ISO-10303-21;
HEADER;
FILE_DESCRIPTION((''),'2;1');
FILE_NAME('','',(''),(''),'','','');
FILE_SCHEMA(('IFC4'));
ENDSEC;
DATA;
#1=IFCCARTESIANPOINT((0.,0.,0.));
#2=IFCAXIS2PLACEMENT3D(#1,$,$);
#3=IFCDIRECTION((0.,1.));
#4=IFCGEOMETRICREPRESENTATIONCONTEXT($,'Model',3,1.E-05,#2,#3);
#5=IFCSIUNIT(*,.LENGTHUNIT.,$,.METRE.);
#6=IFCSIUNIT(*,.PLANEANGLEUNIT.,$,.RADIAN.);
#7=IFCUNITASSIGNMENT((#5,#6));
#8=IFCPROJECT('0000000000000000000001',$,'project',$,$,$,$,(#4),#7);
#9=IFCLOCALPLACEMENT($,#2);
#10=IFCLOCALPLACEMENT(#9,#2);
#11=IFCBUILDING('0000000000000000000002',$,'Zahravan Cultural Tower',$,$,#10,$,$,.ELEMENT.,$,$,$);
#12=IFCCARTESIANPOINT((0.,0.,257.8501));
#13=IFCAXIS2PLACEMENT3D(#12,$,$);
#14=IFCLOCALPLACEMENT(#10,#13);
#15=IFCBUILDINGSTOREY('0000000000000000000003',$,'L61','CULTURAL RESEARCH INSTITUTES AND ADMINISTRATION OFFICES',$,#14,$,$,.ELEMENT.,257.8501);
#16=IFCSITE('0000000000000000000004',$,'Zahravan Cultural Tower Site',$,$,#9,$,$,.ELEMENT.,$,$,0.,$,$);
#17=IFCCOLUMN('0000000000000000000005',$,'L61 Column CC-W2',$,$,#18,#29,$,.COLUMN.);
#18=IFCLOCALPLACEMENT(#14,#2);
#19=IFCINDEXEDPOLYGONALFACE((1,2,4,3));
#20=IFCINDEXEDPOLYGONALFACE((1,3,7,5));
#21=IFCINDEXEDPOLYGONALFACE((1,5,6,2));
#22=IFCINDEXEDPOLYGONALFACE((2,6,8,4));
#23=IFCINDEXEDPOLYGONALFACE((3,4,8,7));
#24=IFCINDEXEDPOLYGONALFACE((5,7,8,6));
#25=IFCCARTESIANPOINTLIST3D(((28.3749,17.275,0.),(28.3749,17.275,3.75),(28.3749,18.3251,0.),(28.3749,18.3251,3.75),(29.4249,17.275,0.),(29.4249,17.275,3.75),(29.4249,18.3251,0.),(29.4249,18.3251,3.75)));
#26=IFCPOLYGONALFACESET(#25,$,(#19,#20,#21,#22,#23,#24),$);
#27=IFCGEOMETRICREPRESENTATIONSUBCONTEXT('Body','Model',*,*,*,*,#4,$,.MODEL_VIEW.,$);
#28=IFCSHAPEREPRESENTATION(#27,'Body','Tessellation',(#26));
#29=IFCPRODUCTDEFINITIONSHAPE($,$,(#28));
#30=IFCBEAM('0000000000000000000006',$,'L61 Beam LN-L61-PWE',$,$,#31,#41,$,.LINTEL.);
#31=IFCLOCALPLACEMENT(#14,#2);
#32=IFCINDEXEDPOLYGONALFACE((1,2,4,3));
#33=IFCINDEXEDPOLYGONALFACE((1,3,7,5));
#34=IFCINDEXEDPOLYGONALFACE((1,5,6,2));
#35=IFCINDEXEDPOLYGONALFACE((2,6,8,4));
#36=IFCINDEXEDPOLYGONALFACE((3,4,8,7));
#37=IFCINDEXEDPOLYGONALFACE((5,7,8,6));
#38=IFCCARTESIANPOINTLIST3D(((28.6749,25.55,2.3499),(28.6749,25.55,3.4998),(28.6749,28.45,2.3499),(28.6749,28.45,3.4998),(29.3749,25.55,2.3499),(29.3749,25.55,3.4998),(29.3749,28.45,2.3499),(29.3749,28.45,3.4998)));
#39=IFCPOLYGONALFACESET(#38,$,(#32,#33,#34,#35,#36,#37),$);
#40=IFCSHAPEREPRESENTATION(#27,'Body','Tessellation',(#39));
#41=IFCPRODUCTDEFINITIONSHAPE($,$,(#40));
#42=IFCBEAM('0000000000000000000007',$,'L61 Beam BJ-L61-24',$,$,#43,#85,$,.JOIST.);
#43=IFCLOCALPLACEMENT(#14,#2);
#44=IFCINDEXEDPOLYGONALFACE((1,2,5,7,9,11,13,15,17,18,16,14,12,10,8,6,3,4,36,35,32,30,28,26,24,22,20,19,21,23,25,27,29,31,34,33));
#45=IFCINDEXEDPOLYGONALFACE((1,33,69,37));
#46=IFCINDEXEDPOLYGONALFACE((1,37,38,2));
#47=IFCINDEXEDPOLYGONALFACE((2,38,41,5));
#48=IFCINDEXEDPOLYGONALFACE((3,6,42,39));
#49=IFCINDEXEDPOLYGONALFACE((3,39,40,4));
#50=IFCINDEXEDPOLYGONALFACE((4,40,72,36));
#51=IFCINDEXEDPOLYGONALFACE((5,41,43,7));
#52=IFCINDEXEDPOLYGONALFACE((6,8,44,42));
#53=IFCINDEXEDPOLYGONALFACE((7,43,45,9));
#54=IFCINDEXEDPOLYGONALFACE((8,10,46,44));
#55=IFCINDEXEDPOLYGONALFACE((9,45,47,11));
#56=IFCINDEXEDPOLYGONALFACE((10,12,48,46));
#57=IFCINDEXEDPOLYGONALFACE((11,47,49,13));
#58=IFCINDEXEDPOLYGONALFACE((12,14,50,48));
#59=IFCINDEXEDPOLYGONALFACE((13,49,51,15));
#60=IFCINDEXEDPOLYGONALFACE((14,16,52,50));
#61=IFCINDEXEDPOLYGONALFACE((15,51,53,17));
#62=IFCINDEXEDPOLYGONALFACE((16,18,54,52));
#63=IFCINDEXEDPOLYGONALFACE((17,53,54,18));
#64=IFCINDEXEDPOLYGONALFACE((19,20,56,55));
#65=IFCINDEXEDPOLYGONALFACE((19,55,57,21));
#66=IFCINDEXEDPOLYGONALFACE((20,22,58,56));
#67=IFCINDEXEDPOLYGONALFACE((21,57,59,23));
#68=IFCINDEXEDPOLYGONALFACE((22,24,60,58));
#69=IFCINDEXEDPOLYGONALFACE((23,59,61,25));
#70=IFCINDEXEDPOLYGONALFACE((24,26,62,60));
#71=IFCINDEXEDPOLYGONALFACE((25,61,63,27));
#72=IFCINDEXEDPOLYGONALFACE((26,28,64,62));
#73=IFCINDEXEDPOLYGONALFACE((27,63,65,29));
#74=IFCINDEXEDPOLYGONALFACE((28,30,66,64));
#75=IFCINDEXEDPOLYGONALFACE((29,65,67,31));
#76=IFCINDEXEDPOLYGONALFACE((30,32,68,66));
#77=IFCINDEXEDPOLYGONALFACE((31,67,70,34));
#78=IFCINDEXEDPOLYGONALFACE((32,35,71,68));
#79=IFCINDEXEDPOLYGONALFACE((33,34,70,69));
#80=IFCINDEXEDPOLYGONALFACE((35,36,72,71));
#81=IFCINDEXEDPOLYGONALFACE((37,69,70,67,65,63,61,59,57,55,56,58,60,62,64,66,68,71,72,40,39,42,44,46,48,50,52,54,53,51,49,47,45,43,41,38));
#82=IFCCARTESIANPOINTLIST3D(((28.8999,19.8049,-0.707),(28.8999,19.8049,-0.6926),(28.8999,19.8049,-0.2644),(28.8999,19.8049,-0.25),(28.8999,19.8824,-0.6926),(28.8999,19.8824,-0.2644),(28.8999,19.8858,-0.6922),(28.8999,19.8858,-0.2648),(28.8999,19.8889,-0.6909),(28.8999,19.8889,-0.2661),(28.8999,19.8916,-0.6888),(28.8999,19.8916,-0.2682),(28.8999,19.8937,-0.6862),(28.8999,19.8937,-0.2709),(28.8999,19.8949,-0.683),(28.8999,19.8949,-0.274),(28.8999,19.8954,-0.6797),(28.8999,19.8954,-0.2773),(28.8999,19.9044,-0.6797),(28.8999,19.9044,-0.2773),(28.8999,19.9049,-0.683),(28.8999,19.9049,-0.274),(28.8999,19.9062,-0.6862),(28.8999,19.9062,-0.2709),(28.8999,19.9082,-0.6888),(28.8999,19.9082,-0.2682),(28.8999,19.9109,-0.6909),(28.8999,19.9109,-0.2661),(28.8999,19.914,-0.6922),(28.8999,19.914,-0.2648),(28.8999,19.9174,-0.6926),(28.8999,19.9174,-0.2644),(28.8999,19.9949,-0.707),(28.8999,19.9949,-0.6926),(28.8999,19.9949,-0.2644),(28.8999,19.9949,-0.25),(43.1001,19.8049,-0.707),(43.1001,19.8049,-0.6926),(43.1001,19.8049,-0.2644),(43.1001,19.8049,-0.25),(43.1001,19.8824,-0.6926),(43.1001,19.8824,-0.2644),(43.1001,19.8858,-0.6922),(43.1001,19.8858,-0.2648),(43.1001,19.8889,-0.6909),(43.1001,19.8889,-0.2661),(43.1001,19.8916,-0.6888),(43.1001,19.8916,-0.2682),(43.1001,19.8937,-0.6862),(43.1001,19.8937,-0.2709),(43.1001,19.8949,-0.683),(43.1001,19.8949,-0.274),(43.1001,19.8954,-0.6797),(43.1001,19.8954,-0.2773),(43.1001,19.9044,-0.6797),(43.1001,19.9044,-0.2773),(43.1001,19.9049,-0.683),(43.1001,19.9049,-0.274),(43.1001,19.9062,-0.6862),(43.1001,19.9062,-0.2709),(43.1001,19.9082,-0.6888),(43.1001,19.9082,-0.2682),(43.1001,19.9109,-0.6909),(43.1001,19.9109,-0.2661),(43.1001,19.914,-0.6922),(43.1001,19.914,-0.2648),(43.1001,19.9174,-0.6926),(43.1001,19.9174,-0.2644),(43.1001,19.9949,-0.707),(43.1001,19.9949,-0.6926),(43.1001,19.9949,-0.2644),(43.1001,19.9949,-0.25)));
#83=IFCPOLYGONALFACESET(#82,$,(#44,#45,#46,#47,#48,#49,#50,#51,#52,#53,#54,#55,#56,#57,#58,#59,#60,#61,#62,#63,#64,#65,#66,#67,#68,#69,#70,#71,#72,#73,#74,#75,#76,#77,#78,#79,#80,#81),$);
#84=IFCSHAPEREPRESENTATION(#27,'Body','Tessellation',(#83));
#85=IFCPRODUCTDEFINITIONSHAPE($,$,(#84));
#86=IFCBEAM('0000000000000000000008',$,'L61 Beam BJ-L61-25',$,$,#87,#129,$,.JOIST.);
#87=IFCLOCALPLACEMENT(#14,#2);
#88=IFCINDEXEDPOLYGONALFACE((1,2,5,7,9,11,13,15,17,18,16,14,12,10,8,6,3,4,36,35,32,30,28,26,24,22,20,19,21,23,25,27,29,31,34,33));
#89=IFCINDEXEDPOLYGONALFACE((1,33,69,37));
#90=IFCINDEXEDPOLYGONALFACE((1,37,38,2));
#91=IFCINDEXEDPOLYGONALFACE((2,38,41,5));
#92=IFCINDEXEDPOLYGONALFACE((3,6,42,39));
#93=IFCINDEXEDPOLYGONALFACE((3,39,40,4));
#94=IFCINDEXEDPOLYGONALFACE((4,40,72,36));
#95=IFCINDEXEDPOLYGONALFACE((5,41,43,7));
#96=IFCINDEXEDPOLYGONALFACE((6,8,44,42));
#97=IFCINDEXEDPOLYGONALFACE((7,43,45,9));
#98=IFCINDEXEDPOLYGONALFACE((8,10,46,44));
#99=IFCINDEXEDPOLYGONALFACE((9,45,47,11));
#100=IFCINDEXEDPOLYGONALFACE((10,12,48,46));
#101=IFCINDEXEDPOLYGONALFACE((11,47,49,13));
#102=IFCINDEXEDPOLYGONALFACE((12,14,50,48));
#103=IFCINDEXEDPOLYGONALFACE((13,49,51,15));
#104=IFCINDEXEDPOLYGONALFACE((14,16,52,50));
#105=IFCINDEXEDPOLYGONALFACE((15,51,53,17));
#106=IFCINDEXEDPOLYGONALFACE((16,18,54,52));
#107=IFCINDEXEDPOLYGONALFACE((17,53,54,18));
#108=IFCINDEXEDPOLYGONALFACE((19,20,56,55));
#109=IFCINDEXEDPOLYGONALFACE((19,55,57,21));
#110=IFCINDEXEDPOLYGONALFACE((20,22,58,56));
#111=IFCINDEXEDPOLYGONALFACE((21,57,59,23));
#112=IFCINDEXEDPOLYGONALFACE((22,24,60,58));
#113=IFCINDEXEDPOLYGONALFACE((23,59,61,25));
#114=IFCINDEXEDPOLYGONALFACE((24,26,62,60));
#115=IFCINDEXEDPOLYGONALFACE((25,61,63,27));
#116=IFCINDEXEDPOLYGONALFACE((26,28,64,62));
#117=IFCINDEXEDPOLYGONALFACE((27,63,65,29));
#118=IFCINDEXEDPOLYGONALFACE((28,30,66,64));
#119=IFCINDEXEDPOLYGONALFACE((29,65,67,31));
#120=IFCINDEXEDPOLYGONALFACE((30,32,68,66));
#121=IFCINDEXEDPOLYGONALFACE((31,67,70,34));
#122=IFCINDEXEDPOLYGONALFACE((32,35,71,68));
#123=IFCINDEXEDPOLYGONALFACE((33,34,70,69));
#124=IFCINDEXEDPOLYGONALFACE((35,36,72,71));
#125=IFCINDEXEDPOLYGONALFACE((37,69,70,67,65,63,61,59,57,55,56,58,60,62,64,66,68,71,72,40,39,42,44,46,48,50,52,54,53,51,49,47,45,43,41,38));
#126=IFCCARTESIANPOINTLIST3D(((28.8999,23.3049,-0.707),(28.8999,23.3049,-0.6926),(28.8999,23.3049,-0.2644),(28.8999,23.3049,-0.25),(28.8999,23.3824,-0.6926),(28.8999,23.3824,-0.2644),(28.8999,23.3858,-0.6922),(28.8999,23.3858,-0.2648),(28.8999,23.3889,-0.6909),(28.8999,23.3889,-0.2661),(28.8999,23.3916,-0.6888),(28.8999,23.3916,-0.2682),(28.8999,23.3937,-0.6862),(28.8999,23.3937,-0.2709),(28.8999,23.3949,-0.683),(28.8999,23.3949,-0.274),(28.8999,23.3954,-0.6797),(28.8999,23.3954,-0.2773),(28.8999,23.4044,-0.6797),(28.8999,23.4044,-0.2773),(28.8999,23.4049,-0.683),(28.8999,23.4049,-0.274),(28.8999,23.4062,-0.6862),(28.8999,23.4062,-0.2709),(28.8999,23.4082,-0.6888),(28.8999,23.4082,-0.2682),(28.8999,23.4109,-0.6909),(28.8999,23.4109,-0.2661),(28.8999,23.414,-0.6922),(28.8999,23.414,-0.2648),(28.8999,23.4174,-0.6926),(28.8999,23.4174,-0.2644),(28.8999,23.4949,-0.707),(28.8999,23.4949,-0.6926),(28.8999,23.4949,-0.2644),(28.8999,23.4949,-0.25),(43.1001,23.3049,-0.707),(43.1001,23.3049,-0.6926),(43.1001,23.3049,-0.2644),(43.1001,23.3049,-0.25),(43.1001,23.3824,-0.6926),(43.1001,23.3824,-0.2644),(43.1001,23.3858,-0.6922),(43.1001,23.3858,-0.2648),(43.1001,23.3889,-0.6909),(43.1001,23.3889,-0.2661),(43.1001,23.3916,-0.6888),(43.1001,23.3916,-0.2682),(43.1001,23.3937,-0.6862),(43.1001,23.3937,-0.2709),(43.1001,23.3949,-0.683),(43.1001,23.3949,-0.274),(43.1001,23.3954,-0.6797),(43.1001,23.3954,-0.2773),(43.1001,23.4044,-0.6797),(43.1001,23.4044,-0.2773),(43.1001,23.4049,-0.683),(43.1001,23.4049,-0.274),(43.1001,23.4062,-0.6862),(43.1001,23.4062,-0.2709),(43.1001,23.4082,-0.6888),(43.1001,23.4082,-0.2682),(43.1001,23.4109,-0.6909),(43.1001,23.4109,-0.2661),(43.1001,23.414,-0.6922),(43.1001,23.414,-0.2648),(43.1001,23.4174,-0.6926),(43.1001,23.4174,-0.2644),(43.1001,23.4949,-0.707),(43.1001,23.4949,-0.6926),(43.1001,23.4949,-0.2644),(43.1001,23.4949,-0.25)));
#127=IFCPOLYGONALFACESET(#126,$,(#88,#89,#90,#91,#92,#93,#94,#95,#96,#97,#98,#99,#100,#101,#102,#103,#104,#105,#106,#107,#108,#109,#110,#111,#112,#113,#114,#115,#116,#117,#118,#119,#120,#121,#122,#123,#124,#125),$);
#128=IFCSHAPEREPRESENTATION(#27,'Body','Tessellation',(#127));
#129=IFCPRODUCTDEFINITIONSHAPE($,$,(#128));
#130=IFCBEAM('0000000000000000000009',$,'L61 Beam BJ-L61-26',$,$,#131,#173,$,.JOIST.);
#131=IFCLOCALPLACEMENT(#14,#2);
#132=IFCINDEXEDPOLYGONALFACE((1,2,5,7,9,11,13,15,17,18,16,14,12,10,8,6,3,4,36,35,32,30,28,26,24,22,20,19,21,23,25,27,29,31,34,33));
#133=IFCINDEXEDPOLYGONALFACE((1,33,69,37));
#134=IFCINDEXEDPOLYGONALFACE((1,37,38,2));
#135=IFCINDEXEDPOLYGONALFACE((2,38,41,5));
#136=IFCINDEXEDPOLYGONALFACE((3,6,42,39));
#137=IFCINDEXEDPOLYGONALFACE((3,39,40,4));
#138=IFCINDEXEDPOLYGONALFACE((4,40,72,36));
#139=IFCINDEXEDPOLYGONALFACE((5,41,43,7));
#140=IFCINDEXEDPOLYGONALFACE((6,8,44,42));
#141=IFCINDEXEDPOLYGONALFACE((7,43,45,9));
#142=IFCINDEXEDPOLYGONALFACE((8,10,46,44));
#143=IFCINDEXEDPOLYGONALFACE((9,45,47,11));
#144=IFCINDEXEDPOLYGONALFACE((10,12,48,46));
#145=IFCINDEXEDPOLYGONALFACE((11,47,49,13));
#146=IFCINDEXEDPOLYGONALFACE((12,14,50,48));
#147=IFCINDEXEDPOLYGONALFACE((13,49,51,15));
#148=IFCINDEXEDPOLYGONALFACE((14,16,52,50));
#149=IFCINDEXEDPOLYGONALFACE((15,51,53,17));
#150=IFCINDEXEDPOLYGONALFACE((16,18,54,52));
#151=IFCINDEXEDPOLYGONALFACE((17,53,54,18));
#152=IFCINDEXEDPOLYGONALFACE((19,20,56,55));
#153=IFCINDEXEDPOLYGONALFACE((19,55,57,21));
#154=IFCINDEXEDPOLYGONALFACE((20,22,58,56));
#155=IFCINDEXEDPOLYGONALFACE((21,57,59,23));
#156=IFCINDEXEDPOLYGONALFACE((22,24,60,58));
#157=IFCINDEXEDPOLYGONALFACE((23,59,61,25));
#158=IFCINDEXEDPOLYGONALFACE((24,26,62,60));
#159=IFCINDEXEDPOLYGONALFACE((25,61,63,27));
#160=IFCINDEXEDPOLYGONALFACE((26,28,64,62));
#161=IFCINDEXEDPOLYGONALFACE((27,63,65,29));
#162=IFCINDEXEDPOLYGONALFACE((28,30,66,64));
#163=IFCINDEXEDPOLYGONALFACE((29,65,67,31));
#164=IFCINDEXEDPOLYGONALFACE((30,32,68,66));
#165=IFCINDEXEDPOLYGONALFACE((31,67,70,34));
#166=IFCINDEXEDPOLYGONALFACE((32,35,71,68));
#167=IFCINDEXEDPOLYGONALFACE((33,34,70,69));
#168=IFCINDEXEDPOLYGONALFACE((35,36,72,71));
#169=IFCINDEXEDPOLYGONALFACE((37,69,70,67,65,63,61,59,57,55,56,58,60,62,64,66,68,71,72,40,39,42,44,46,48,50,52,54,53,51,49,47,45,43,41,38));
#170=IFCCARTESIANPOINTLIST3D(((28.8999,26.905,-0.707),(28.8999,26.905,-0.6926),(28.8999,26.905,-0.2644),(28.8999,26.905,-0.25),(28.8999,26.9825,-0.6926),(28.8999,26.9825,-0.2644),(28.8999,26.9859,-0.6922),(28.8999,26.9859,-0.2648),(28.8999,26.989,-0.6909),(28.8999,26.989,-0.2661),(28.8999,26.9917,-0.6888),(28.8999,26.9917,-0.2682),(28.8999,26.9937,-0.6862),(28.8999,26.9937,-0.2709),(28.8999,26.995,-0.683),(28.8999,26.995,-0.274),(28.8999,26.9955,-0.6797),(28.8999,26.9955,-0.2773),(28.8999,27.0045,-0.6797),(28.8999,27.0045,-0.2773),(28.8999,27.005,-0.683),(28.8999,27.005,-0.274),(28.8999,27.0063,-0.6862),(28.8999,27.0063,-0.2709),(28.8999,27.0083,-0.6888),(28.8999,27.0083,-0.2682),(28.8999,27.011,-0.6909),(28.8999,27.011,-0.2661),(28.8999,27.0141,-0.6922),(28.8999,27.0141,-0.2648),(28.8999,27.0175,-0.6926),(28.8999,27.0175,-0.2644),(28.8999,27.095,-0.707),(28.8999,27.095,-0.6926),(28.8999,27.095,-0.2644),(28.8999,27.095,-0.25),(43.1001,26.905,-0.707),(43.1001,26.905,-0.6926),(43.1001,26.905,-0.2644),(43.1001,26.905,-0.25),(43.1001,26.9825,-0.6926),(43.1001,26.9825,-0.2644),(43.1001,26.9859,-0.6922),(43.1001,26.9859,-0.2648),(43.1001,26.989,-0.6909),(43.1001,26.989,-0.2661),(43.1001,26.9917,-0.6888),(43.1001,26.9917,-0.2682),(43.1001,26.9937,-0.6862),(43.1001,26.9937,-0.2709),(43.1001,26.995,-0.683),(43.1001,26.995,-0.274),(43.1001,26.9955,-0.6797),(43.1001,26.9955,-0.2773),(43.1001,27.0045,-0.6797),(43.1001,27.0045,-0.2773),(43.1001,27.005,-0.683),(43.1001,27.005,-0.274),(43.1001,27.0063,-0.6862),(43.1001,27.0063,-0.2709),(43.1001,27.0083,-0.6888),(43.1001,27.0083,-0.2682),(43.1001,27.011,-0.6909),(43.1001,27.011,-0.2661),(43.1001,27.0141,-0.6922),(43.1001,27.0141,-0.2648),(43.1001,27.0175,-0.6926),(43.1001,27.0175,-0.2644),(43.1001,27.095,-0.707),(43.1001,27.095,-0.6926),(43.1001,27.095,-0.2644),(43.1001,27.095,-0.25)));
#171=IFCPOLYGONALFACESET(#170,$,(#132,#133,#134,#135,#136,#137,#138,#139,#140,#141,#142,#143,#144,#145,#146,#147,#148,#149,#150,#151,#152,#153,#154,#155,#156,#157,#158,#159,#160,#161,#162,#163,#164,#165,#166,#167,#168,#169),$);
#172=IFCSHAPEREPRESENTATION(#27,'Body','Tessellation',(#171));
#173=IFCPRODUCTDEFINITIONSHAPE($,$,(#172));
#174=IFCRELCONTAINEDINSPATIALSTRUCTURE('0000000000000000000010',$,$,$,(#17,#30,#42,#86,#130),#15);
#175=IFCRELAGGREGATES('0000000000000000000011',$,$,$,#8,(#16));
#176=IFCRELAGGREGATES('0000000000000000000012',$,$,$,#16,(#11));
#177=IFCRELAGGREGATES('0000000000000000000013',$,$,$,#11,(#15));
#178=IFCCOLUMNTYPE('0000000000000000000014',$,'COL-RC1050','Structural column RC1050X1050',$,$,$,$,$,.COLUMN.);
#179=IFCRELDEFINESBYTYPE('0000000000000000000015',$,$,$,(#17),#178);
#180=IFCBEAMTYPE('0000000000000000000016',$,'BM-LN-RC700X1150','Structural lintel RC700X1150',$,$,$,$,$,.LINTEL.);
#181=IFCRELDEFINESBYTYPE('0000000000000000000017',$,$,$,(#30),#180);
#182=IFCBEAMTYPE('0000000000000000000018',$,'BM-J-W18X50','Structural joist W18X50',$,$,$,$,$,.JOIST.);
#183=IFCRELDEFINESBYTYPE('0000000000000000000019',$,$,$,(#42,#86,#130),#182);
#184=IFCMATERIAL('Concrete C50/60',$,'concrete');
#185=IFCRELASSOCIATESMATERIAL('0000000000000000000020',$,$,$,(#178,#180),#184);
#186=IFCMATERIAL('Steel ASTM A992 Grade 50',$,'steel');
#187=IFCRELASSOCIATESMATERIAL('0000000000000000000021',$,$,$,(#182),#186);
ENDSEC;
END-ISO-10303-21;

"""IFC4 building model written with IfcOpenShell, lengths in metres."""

from ifc_helpers import new_model, si_unit, direction, frame, origin, origin_2d, place, context, subcontext, project, spatial, rectangle, i_section, extrude, source, transform, mapped, material, material_profile, profile_set, type_object, element, save


model = new_model("IFC4")

# Units and contexts
model_context = context("Model", 3, precision=1e-05, world=origin(), true_north=direction((0.0, 1.0)))
body_context = subcontext(model_context, "Body", "Model", "MODEL_VIEW")
ifc_project = project(units=[si_unit("LENGTHUNIT", "METRE"), si_unit("PLANEANGLEUNIT", "RADIAN")], contexts=[model_context])

# Site, building, storey
site_placement = place(None, origin())
site = spatial("IfcSite", under=ifc_project, at=site_placement, Name="Zahravan Cultural Tower Site", CompositionType="ELEMENT", RefElevation=0.0)
building_placement = place(site_placement, origin())
building = spatial("IfcBuilding", under=site, at=building_placement, Name="Zahravan Cultural Tower", CompositionType="ELEMENT")
storey_placement = place(building_placement, frame((0.0, 0.0, 257.8501)))
storey = spatial("IfcBuildingStorey", under=building, at=storey_placement, Name="L61", Description="CULTURAL RESEARCH INSTITUTES AND ADMINISTRATION OFFICES", CompositionType="ELEMENT", Elevation=257.8501)

# Column
ifc_material_1 = material(Name="Concrete C50/60", Category="concrete")
ifc_material_profile_1 = material_profile(ifc_material_1, rectangle(XDim=1.05, YDim=1.05, at=origin_2d()), Name="RC1050X1050")
ifc_profile_set_1 = profile_set([ifc_material_profile_1], Name="Concrete C50/60")
column_type = type_object("IfcColumnType", Name="COL-RC1050", Description="Structural column RC1050X1050", PredefinedType="COLUMN", material=ifc_profile_set_1)
shared_shape_1 = source(origin(), body_context, "Body", "SweptSolid", [
    extrude(rectangle(XDim=1.05, YDim=1.05, at=origin_2d()), origin(), (0.0, 0.0, 1.0), 3.75),
])
column_placement = place(storey_placement, frame((28.8999, 17.8, 0.0), z_axis=(0.0, 0.0, 1.0), x_axis=(1.0, 0.0, 0.0)))
element("IfcColumn", 1, at=column_placement, inside=storey, type_object=column_type, Name="L61 Column CC-W2", PredefinedType="COLUMN", context=body_context, shape_type="MappedRepresentation", body=[
    mapped(shared_shape_1, transform((0.0, 0.0, 0.0), x_axis=(1.0, 0.0, 0.0), y_axis=(0.0, 1.0, 0.0), z_axis=(0.0, 0.0, 1.0), scale=1.0)),
])

# Beams
ifc_material_profile_2 = material_profile(ifc_material_1, rectangle(XDim=0.7, YDim=1.1499, at=origin_2d()), Name="RC700X1150")
ifc_profile_set_2 = profile_set([ifc_material_profile_2], Name="Concrete C50/60")
beam_type_1 = type_object("IfcBeamType", Name="BM-LN-RC700X1150", Description="Structural lintel RC700X1150", PredefinedType="LINTEL", material=ifc_profile_set_2)
shared_shape_2 = source(origin(), body_context, "Body", "SweptSolid", [
    extrude(rectangle(XDim=0.7, YDim=1.1499, at=origin_2d()), origin(), (0.0, 0.0, 1.0), 2.8999),
])
beam_1_placement = place(storey_placement, frame((29.0249, 25.55, 2.9248), z_axis=(0.0, 1.0, 0.0), x_axis=(-1.0, 0.0, 0.0)))
element("IfcBeam", 2, at=beam_1_placement, inside=storey, type_object=beam_type_1, Name="L61 Beam LN-L61-PWE", PredefinedType="LINTEL", context=body_context, shape_type="MappedRepresentation", body=[
    mapped(shared_shape_2, transform((0.0, 0.0, 0.0), x_axis=(1.0, 0.0, 0.0), y_axis=(0.0, 1.0, 0.0), z_axis=(0.0, 0.0, 1.0), scale=1.0)),
])
ifc_material_2 = material(Name="Steel ASTM A992 Grade 50", Category="steel")
ifc_material_profile_3 = material_profile(ifc_material_2, i_section(OverallWidth=0.1899, OverallDepth=0.457, WebThickness=0.009, FlangeThickness=0.0144, FilletRadius=0.0129, at=origin_2d()), Name="W18X50")
ifc_profile_set_3 = profile_set([ifc_material_profile_3], Name="Steel ASTM A992 Grade 50")
beam_type_2 = type_object("IfcBeamType", Name="BM-J-W18X50", Description="Structural joist W18X50", PredefinedType="JOIST", material=ifc_profile_set_3)
shared_shape_3 = source(origin(), body_context, "Body", "SweptSolid", [
    extrude(i_section(OverallWidth=0.1899, OverallDepth=0.457, WebThickness=0.009, FlangeThickness=0.0144, FilletRadius=0.0129, at=origin_2d()), origin(), (0.0, 0.0, 1.0), 14.2002),
])
for number, where, z_axis, x_axis, name in (
    (3, (28.8999, 19.8999, -0.4785), (1.0, 0.0, 0.0), (0.0, 1.0, 0.0), "L61 Beam BJ-L61-24"),
    (4, (28.8999, 23.3999, -0.4785), (1.0, 0.0, 0.0), (0.0, 1.0, 0.0), "L61 Beam BJ-L61-25"),
    (5, (28.8999, 27.0, -0.4785), (1.0, 0.0, 0.0), (0.0, 1.0, 0.0), "L61 Beam BJ-L61-26"),
):
    element("IfcBeam", number, at=place(storey_placement, frame(where, z_axis=z_axis, x_axis=x_axis)), inside=storey, type_object=beam_type_2, Name=name, PredefinedType="JOIST", context=body_context, shape_type="MappedRepresentation", body=[
        mapped(shared_shape_3, transform((0.0, 0.0, 0.0), x_axis=(1.0, 0.0, 0.0), y_axis=(0.0, 1.0, 0.0), z_axis=(0.0, 0.0, 1.0), scale=1.0)),
    ])

save(model, "model.ifc")
